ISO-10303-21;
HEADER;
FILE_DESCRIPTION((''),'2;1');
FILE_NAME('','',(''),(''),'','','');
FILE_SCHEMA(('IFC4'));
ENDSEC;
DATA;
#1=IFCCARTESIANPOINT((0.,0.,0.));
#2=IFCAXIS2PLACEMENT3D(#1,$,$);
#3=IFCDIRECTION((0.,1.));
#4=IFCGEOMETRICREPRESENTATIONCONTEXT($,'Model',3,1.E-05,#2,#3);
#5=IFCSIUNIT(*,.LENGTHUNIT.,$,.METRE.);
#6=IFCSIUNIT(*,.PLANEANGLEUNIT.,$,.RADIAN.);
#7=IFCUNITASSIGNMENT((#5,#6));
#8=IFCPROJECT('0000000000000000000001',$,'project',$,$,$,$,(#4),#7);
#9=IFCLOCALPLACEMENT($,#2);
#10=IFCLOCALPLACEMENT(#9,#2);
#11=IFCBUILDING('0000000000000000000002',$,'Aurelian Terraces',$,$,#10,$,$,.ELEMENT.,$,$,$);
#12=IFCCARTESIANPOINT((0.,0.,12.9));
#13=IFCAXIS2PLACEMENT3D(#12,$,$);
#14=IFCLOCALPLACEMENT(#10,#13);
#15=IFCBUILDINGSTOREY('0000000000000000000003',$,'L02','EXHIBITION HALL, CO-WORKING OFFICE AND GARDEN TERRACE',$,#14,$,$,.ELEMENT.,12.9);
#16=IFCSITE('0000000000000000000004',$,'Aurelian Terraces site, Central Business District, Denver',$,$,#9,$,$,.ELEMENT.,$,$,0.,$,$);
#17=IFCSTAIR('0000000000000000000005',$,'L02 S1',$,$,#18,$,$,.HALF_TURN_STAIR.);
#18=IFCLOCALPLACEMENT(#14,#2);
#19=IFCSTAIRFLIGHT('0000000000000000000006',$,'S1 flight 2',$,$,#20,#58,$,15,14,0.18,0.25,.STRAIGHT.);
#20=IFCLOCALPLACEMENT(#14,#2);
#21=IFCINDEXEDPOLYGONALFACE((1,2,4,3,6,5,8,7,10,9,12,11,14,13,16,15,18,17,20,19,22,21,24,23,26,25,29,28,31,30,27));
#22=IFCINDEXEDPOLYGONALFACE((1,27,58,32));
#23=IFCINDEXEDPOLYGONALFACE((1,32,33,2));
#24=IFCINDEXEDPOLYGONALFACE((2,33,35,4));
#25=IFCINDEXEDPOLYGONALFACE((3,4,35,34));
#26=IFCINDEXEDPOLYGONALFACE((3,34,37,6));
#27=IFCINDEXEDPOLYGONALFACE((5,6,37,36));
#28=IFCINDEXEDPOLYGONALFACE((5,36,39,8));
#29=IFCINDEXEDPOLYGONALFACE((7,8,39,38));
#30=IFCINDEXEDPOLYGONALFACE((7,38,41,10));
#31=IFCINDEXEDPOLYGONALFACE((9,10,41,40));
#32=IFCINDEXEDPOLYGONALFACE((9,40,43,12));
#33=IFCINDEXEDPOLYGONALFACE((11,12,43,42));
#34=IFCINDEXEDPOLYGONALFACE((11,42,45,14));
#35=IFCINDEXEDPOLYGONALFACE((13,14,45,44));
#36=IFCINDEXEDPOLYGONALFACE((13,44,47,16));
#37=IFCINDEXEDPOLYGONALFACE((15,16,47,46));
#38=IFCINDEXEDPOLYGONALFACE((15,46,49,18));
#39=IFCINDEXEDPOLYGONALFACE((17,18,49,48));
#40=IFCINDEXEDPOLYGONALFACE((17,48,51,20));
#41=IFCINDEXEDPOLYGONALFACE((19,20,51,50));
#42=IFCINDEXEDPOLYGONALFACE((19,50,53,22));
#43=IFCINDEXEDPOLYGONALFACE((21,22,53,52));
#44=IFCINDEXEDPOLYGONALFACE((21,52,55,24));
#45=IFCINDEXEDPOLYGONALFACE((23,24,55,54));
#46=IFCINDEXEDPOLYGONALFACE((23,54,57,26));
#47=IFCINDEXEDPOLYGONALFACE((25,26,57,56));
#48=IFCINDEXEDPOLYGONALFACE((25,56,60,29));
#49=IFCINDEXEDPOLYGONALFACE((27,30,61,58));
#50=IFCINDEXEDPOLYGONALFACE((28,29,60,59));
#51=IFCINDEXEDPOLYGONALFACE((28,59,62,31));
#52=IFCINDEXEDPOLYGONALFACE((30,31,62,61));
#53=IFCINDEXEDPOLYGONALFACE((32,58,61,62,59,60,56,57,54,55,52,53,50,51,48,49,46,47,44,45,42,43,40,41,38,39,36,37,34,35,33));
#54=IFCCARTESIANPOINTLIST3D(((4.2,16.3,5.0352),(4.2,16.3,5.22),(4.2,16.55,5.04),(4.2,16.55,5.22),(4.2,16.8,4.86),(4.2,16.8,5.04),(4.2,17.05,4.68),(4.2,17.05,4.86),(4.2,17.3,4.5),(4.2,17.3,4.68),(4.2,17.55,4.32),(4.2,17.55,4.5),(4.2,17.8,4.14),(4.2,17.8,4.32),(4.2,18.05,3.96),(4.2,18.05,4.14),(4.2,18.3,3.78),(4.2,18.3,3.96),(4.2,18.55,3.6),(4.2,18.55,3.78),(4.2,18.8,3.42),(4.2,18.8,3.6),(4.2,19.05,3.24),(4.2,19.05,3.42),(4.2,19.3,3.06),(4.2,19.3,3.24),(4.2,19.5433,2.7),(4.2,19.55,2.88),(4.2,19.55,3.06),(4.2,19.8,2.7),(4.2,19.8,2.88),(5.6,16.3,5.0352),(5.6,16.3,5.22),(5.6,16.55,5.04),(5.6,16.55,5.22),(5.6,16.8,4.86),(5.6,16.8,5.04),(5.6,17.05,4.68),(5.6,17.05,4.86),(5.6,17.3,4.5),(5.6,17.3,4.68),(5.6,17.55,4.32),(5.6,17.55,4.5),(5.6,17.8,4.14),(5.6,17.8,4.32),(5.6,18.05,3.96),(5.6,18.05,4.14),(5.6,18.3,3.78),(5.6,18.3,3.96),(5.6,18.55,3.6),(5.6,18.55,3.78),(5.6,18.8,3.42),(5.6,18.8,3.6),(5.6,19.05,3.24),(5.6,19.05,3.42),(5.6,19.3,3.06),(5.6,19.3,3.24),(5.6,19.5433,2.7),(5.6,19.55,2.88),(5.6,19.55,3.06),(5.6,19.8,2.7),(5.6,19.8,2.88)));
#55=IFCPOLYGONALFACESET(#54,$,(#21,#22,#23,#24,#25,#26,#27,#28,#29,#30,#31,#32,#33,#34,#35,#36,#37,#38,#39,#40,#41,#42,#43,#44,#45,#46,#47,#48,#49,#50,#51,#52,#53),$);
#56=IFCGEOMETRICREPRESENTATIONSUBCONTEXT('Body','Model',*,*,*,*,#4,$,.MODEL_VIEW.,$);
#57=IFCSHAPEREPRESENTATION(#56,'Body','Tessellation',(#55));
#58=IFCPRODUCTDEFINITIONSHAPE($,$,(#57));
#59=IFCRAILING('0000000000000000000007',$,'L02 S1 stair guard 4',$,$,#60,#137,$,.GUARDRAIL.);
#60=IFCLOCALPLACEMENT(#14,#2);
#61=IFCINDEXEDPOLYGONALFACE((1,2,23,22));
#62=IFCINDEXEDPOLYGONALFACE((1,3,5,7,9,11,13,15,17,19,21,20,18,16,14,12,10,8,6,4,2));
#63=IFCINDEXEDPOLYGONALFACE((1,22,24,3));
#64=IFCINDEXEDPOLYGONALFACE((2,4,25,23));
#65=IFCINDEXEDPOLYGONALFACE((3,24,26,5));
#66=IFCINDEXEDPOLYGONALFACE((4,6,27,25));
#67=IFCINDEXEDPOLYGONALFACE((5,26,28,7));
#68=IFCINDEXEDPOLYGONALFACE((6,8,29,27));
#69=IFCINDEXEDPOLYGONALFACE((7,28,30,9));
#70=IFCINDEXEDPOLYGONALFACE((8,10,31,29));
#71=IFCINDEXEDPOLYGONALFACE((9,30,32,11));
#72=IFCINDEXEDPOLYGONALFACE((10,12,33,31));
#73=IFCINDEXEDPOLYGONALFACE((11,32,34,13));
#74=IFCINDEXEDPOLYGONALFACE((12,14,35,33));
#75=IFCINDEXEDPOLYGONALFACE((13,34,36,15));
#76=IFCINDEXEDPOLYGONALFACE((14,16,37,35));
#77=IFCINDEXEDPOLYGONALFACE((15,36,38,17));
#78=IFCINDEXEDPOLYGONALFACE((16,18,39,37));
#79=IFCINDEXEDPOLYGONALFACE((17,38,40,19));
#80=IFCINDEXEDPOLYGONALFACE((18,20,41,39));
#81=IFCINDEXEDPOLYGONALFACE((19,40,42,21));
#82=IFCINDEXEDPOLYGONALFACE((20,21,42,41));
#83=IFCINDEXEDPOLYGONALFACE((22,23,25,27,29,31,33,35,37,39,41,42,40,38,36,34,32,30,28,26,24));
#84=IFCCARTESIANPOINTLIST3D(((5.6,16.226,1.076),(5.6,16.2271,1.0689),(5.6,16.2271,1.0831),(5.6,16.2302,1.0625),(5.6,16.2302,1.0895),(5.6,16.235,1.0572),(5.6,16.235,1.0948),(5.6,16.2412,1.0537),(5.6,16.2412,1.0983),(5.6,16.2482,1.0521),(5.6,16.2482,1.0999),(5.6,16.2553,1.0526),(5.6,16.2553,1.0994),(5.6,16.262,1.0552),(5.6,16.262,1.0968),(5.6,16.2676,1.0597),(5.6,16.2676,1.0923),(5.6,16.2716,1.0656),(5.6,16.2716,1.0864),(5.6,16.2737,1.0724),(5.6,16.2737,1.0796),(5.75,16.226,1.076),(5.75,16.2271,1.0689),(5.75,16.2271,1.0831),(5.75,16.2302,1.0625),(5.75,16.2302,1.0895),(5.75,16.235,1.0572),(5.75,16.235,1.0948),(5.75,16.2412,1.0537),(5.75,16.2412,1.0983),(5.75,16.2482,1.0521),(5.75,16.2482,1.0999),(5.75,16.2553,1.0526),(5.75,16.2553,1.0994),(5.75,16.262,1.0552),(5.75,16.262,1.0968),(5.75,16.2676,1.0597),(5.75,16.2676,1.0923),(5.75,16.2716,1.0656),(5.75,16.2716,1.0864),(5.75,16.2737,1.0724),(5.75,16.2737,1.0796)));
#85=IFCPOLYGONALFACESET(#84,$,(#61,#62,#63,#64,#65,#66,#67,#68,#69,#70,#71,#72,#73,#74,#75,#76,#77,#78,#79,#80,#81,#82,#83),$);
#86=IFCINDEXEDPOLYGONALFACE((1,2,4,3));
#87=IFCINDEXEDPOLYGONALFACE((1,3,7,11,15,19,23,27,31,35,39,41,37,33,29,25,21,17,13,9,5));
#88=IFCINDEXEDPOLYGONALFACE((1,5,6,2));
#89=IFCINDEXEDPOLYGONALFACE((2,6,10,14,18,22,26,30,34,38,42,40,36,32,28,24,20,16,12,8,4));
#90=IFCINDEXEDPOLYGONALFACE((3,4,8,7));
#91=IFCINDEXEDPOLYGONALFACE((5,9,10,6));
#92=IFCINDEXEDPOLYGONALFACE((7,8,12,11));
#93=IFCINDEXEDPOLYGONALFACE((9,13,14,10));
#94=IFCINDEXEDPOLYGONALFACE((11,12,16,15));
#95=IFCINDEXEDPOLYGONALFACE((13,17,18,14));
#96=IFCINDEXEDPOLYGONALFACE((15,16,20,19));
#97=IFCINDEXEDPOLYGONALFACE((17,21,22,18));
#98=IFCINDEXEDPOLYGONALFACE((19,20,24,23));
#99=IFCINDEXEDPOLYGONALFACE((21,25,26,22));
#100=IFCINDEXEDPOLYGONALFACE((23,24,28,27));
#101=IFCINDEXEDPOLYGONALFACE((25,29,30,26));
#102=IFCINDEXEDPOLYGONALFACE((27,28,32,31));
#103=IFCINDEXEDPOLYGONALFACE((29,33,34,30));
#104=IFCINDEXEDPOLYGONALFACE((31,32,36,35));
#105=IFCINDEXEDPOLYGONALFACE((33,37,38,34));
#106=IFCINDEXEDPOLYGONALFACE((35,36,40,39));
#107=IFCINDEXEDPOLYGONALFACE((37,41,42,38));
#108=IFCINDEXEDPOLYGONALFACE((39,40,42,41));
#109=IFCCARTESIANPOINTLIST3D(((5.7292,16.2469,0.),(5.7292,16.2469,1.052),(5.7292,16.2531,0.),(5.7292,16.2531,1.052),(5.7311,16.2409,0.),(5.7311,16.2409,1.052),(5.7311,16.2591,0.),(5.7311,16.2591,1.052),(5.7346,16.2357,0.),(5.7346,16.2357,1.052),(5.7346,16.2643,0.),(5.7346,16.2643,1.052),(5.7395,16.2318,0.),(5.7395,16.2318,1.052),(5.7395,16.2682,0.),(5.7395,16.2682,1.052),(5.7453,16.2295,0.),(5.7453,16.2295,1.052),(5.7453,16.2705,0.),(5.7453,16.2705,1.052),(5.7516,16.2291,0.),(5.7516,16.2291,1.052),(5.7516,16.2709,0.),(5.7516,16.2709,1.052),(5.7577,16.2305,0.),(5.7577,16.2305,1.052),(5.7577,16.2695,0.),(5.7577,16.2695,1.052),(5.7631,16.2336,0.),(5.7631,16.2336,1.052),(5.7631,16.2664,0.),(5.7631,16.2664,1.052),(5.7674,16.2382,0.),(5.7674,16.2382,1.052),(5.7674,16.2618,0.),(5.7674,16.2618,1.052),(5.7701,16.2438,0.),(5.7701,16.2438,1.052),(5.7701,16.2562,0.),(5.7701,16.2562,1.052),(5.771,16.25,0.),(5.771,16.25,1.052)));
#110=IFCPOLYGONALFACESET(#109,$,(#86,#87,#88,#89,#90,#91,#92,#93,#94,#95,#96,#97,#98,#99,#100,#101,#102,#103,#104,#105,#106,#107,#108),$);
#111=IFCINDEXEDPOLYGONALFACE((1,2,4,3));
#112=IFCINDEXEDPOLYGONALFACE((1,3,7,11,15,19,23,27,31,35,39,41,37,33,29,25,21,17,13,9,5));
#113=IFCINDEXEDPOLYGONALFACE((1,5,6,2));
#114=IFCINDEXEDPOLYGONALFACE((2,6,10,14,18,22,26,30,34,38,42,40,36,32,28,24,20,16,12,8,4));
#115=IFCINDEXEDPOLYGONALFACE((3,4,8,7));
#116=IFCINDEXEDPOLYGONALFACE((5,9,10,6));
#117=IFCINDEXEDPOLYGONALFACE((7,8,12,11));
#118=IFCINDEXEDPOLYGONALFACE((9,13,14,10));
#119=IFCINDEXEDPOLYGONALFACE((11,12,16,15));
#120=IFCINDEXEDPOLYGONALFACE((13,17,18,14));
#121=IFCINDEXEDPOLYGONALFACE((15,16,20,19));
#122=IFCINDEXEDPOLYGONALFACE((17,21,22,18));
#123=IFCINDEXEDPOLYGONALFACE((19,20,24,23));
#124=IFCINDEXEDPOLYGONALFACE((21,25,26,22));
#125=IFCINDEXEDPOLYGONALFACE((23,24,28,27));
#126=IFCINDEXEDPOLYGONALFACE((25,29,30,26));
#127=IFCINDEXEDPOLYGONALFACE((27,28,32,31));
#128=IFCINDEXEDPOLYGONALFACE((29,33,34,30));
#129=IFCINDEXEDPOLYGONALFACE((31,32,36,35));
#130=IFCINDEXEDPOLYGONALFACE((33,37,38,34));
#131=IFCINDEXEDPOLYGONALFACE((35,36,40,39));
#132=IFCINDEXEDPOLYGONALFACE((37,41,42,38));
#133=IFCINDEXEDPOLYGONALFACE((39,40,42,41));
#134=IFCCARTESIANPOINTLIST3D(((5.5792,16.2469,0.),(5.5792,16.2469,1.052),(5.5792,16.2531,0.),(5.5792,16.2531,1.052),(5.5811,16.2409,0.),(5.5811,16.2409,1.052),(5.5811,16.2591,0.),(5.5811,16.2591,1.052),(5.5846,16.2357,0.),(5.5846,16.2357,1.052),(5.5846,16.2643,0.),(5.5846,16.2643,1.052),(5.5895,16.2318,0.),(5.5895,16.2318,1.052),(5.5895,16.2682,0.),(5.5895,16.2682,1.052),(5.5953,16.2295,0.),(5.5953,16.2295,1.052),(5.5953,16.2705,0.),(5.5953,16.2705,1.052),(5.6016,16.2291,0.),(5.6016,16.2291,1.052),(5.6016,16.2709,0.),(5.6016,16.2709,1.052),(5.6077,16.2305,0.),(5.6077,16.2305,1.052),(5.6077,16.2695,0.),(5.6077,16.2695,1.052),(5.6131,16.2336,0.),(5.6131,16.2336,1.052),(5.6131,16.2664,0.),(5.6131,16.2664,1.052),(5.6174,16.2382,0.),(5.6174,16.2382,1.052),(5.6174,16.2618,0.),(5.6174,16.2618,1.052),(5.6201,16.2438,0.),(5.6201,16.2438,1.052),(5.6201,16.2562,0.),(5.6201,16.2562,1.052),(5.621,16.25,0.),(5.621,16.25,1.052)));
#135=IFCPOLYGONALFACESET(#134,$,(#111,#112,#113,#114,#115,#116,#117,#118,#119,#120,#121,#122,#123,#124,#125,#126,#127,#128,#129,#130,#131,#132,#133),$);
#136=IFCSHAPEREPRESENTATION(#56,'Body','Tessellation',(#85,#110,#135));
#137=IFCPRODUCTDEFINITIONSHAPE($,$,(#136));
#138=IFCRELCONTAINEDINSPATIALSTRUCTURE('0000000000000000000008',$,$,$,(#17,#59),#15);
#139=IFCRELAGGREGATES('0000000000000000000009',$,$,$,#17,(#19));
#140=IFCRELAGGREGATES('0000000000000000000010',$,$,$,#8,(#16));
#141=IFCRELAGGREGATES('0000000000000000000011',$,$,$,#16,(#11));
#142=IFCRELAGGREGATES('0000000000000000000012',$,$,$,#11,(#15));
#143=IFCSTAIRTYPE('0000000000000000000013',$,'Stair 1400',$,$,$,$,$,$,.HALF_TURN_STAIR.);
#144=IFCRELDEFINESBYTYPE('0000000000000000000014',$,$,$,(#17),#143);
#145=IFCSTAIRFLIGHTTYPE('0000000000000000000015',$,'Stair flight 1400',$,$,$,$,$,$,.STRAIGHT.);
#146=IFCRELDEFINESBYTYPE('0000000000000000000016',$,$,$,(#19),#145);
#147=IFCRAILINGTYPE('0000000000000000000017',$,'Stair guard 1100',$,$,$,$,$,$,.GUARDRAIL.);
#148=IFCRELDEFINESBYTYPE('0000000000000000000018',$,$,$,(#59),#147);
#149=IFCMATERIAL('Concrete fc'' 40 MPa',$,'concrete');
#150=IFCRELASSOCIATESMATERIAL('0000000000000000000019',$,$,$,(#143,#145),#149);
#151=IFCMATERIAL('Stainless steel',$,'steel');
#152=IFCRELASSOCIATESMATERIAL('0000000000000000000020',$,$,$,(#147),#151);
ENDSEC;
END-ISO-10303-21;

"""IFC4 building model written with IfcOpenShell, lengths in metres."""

from ifc_helpers import new_model, si_unit, direction, frame, origin, origin_2d, place, context, subcontext, project, spatial, polyline, circle, outline, extrude, source, transform, mapped, material, type_object, element, aggregate, save


model = new_model("IFC4")

# Units and contexts
model_context = context("Model", 3, precision=1e-05, world=origin(), true_north=direction((0.0, 1.0)))
body_context = subcontext(model_context, "Body", "Model", "MODEL_VIEW")
ifc_project = project(units=[si_unit("LENGTHUNIT", "METRE"), si_unit("PLANEANGLEUNIT", "RADIAN")], contexts=[model_context])

# Site, building, storey
site_placement = place(None, origin())
site = spatial("IfcSite", under=ifc_project, at=site_placement, Name="Aurelian Terraces site, Central Business District, Denver", CompositionType="ELEMENT", RefElevation=0.0)
building_placement = place(site_placement, origin())
building = spatial("IfcBuilding", under=site, at=building_placement, Name="Aurelian Terraces", CompositionType="ELEMENT")
storey_placement = place(building_placement, frame((0.0, 0.0, 12.9)))
storey = spatial("IfcBuildingStorey", under=building, at=storey_placement, Name="L02", Description="EXHIBITION HALL, CO-WORKING OFFICE AND GARDEN TERRACE", CompositionType="ELEMENT", Elevation=12.9)

# Shared definitions
ifc_material_1 = material(Name="Concrete fc' 40 MPa", Category="concrete")
ifc_material_2 = material(Name="Stainless steel", Category="steel")

# Stair, stair flight
stair_type = type_object("IfcStairType", Name="Stair 1400", PredefinedType="HALF_TURN_STAIR", material=ifc_material_1)
stair_placement = place(storey_placement, origin())
stair = element("IfcStair", 1, at=stair_placement, inside=storey, type_object=stair_type, Name="L02 S1", PredefinedType="HALF_TURN_STAIR")
stair_flight_type = type_object("IfcStairFlightType", Name="Stair flight 1400", PredefinedType="STRAIGHT", material=ifc_material_1)
shared_shape_1 = source(origin(), body_context, "Body", "SweptSolid", [
    extrude(outline(polyline([(0.0, 0.0), (0.0, 0.18), (0.25, 0.18), (0.25, 0.36), (0.5, 0.36), (0.5, 0.54), (0.75, 0.54), (0.75, 0.72), (1.0, 0.72), (1.0, 0.9), (1.25, 0.9), (1.25, 1.08), (1.5, 1.08), (1.5, 1.26), (1.75, 1.26), (1.75, 1.44), (2.0, 1.44), (2.0, 1.62), (2.25, 1.62), (2.25, 1.8), (2.5, 1.8), (2.5, 1.98), (2.75, 1.98), (2.75, 2.16), (3.0, 2.16), (3.0, 2.34), (3.25, 2.34), (3.25, 2.52), (3.5, 2.52), (3.5, 2.7), (3.5, 2.3352), (0.2567, 0.0), (0.0, 0.0)])), frame((0.0, 0.7, 0.0), z_axis=(0.0, -1.0, 0.0), x_axis=(1.0, 0.0, 0.0)), (0.0, 0.0, 1.0), 1.4),
])
stair_flight_placement = place(storey_placement, frame((4.9, 19.8, 2.7), z_axis=(0.0, 0.0, 1.0), x_axis=(0.0, -1.0, 0.0)))
stair_flight = element("IfcStairFlight", 2, at=stair_flight_placement, type_object=stair_flight_type, Name="S1 flight 2", NumberOfRisers=15, NumberOfTreads=14, PredefinedType="STRAIGHT", RiserHeight=0.18, TreadLength=0.25, context=body_context, shape_type="MappedRepresentation", body=[
    mapped(shared_shape_1, transform((0.0, 0.0, 0.0), scale=1.0)),
])
aggregate(stair, [stair_flight])

# Railing
railing_type_1 = type_object("IfcRailingType", Name="Stair guard 1100", PredefinedType="GUARDRAIL", material=ifc_material_2)
shared_shape_2 = source(origin(), body_context, "Body", "SweptSolid", [
    extrude(circle(Radius=0.024, at=origin_2d()), frame((0.0, 0.0, 1.076), z_axis=(-1.0, 0.0, 0.0), x_axis=(0.0, -1.0, 0.0)), (0.0, 0.0, 1.0), 0.15),
    extrude(circle(Radius=0.021, at=origin_2d()), origin(), (0.0, 0.0, 1.0), 1.052),
    extrude(circle(Radius=0.021, at=origin_2d()), frame((-0.15, 0.0, 0.0)), (0.0, 0.0, 1.0), 1.052),
])
railing_1_placement = place(storey_placement, frame((5.75, 16.25, 0.0)))
element("IfcRailing", 3, at=railing_1_placement, inside=storey, type_object=railing_type_1, Name="L02 S1 stair guard 4", PredefinedType="GUARDRAIL", context=body_context, shape_type="MappedRepresentation", body=[
    mapped(shared_shape_2, transform((0.0, 0.0, 0.0), scale=1.0)),
])

save(model, "model.ifc")
